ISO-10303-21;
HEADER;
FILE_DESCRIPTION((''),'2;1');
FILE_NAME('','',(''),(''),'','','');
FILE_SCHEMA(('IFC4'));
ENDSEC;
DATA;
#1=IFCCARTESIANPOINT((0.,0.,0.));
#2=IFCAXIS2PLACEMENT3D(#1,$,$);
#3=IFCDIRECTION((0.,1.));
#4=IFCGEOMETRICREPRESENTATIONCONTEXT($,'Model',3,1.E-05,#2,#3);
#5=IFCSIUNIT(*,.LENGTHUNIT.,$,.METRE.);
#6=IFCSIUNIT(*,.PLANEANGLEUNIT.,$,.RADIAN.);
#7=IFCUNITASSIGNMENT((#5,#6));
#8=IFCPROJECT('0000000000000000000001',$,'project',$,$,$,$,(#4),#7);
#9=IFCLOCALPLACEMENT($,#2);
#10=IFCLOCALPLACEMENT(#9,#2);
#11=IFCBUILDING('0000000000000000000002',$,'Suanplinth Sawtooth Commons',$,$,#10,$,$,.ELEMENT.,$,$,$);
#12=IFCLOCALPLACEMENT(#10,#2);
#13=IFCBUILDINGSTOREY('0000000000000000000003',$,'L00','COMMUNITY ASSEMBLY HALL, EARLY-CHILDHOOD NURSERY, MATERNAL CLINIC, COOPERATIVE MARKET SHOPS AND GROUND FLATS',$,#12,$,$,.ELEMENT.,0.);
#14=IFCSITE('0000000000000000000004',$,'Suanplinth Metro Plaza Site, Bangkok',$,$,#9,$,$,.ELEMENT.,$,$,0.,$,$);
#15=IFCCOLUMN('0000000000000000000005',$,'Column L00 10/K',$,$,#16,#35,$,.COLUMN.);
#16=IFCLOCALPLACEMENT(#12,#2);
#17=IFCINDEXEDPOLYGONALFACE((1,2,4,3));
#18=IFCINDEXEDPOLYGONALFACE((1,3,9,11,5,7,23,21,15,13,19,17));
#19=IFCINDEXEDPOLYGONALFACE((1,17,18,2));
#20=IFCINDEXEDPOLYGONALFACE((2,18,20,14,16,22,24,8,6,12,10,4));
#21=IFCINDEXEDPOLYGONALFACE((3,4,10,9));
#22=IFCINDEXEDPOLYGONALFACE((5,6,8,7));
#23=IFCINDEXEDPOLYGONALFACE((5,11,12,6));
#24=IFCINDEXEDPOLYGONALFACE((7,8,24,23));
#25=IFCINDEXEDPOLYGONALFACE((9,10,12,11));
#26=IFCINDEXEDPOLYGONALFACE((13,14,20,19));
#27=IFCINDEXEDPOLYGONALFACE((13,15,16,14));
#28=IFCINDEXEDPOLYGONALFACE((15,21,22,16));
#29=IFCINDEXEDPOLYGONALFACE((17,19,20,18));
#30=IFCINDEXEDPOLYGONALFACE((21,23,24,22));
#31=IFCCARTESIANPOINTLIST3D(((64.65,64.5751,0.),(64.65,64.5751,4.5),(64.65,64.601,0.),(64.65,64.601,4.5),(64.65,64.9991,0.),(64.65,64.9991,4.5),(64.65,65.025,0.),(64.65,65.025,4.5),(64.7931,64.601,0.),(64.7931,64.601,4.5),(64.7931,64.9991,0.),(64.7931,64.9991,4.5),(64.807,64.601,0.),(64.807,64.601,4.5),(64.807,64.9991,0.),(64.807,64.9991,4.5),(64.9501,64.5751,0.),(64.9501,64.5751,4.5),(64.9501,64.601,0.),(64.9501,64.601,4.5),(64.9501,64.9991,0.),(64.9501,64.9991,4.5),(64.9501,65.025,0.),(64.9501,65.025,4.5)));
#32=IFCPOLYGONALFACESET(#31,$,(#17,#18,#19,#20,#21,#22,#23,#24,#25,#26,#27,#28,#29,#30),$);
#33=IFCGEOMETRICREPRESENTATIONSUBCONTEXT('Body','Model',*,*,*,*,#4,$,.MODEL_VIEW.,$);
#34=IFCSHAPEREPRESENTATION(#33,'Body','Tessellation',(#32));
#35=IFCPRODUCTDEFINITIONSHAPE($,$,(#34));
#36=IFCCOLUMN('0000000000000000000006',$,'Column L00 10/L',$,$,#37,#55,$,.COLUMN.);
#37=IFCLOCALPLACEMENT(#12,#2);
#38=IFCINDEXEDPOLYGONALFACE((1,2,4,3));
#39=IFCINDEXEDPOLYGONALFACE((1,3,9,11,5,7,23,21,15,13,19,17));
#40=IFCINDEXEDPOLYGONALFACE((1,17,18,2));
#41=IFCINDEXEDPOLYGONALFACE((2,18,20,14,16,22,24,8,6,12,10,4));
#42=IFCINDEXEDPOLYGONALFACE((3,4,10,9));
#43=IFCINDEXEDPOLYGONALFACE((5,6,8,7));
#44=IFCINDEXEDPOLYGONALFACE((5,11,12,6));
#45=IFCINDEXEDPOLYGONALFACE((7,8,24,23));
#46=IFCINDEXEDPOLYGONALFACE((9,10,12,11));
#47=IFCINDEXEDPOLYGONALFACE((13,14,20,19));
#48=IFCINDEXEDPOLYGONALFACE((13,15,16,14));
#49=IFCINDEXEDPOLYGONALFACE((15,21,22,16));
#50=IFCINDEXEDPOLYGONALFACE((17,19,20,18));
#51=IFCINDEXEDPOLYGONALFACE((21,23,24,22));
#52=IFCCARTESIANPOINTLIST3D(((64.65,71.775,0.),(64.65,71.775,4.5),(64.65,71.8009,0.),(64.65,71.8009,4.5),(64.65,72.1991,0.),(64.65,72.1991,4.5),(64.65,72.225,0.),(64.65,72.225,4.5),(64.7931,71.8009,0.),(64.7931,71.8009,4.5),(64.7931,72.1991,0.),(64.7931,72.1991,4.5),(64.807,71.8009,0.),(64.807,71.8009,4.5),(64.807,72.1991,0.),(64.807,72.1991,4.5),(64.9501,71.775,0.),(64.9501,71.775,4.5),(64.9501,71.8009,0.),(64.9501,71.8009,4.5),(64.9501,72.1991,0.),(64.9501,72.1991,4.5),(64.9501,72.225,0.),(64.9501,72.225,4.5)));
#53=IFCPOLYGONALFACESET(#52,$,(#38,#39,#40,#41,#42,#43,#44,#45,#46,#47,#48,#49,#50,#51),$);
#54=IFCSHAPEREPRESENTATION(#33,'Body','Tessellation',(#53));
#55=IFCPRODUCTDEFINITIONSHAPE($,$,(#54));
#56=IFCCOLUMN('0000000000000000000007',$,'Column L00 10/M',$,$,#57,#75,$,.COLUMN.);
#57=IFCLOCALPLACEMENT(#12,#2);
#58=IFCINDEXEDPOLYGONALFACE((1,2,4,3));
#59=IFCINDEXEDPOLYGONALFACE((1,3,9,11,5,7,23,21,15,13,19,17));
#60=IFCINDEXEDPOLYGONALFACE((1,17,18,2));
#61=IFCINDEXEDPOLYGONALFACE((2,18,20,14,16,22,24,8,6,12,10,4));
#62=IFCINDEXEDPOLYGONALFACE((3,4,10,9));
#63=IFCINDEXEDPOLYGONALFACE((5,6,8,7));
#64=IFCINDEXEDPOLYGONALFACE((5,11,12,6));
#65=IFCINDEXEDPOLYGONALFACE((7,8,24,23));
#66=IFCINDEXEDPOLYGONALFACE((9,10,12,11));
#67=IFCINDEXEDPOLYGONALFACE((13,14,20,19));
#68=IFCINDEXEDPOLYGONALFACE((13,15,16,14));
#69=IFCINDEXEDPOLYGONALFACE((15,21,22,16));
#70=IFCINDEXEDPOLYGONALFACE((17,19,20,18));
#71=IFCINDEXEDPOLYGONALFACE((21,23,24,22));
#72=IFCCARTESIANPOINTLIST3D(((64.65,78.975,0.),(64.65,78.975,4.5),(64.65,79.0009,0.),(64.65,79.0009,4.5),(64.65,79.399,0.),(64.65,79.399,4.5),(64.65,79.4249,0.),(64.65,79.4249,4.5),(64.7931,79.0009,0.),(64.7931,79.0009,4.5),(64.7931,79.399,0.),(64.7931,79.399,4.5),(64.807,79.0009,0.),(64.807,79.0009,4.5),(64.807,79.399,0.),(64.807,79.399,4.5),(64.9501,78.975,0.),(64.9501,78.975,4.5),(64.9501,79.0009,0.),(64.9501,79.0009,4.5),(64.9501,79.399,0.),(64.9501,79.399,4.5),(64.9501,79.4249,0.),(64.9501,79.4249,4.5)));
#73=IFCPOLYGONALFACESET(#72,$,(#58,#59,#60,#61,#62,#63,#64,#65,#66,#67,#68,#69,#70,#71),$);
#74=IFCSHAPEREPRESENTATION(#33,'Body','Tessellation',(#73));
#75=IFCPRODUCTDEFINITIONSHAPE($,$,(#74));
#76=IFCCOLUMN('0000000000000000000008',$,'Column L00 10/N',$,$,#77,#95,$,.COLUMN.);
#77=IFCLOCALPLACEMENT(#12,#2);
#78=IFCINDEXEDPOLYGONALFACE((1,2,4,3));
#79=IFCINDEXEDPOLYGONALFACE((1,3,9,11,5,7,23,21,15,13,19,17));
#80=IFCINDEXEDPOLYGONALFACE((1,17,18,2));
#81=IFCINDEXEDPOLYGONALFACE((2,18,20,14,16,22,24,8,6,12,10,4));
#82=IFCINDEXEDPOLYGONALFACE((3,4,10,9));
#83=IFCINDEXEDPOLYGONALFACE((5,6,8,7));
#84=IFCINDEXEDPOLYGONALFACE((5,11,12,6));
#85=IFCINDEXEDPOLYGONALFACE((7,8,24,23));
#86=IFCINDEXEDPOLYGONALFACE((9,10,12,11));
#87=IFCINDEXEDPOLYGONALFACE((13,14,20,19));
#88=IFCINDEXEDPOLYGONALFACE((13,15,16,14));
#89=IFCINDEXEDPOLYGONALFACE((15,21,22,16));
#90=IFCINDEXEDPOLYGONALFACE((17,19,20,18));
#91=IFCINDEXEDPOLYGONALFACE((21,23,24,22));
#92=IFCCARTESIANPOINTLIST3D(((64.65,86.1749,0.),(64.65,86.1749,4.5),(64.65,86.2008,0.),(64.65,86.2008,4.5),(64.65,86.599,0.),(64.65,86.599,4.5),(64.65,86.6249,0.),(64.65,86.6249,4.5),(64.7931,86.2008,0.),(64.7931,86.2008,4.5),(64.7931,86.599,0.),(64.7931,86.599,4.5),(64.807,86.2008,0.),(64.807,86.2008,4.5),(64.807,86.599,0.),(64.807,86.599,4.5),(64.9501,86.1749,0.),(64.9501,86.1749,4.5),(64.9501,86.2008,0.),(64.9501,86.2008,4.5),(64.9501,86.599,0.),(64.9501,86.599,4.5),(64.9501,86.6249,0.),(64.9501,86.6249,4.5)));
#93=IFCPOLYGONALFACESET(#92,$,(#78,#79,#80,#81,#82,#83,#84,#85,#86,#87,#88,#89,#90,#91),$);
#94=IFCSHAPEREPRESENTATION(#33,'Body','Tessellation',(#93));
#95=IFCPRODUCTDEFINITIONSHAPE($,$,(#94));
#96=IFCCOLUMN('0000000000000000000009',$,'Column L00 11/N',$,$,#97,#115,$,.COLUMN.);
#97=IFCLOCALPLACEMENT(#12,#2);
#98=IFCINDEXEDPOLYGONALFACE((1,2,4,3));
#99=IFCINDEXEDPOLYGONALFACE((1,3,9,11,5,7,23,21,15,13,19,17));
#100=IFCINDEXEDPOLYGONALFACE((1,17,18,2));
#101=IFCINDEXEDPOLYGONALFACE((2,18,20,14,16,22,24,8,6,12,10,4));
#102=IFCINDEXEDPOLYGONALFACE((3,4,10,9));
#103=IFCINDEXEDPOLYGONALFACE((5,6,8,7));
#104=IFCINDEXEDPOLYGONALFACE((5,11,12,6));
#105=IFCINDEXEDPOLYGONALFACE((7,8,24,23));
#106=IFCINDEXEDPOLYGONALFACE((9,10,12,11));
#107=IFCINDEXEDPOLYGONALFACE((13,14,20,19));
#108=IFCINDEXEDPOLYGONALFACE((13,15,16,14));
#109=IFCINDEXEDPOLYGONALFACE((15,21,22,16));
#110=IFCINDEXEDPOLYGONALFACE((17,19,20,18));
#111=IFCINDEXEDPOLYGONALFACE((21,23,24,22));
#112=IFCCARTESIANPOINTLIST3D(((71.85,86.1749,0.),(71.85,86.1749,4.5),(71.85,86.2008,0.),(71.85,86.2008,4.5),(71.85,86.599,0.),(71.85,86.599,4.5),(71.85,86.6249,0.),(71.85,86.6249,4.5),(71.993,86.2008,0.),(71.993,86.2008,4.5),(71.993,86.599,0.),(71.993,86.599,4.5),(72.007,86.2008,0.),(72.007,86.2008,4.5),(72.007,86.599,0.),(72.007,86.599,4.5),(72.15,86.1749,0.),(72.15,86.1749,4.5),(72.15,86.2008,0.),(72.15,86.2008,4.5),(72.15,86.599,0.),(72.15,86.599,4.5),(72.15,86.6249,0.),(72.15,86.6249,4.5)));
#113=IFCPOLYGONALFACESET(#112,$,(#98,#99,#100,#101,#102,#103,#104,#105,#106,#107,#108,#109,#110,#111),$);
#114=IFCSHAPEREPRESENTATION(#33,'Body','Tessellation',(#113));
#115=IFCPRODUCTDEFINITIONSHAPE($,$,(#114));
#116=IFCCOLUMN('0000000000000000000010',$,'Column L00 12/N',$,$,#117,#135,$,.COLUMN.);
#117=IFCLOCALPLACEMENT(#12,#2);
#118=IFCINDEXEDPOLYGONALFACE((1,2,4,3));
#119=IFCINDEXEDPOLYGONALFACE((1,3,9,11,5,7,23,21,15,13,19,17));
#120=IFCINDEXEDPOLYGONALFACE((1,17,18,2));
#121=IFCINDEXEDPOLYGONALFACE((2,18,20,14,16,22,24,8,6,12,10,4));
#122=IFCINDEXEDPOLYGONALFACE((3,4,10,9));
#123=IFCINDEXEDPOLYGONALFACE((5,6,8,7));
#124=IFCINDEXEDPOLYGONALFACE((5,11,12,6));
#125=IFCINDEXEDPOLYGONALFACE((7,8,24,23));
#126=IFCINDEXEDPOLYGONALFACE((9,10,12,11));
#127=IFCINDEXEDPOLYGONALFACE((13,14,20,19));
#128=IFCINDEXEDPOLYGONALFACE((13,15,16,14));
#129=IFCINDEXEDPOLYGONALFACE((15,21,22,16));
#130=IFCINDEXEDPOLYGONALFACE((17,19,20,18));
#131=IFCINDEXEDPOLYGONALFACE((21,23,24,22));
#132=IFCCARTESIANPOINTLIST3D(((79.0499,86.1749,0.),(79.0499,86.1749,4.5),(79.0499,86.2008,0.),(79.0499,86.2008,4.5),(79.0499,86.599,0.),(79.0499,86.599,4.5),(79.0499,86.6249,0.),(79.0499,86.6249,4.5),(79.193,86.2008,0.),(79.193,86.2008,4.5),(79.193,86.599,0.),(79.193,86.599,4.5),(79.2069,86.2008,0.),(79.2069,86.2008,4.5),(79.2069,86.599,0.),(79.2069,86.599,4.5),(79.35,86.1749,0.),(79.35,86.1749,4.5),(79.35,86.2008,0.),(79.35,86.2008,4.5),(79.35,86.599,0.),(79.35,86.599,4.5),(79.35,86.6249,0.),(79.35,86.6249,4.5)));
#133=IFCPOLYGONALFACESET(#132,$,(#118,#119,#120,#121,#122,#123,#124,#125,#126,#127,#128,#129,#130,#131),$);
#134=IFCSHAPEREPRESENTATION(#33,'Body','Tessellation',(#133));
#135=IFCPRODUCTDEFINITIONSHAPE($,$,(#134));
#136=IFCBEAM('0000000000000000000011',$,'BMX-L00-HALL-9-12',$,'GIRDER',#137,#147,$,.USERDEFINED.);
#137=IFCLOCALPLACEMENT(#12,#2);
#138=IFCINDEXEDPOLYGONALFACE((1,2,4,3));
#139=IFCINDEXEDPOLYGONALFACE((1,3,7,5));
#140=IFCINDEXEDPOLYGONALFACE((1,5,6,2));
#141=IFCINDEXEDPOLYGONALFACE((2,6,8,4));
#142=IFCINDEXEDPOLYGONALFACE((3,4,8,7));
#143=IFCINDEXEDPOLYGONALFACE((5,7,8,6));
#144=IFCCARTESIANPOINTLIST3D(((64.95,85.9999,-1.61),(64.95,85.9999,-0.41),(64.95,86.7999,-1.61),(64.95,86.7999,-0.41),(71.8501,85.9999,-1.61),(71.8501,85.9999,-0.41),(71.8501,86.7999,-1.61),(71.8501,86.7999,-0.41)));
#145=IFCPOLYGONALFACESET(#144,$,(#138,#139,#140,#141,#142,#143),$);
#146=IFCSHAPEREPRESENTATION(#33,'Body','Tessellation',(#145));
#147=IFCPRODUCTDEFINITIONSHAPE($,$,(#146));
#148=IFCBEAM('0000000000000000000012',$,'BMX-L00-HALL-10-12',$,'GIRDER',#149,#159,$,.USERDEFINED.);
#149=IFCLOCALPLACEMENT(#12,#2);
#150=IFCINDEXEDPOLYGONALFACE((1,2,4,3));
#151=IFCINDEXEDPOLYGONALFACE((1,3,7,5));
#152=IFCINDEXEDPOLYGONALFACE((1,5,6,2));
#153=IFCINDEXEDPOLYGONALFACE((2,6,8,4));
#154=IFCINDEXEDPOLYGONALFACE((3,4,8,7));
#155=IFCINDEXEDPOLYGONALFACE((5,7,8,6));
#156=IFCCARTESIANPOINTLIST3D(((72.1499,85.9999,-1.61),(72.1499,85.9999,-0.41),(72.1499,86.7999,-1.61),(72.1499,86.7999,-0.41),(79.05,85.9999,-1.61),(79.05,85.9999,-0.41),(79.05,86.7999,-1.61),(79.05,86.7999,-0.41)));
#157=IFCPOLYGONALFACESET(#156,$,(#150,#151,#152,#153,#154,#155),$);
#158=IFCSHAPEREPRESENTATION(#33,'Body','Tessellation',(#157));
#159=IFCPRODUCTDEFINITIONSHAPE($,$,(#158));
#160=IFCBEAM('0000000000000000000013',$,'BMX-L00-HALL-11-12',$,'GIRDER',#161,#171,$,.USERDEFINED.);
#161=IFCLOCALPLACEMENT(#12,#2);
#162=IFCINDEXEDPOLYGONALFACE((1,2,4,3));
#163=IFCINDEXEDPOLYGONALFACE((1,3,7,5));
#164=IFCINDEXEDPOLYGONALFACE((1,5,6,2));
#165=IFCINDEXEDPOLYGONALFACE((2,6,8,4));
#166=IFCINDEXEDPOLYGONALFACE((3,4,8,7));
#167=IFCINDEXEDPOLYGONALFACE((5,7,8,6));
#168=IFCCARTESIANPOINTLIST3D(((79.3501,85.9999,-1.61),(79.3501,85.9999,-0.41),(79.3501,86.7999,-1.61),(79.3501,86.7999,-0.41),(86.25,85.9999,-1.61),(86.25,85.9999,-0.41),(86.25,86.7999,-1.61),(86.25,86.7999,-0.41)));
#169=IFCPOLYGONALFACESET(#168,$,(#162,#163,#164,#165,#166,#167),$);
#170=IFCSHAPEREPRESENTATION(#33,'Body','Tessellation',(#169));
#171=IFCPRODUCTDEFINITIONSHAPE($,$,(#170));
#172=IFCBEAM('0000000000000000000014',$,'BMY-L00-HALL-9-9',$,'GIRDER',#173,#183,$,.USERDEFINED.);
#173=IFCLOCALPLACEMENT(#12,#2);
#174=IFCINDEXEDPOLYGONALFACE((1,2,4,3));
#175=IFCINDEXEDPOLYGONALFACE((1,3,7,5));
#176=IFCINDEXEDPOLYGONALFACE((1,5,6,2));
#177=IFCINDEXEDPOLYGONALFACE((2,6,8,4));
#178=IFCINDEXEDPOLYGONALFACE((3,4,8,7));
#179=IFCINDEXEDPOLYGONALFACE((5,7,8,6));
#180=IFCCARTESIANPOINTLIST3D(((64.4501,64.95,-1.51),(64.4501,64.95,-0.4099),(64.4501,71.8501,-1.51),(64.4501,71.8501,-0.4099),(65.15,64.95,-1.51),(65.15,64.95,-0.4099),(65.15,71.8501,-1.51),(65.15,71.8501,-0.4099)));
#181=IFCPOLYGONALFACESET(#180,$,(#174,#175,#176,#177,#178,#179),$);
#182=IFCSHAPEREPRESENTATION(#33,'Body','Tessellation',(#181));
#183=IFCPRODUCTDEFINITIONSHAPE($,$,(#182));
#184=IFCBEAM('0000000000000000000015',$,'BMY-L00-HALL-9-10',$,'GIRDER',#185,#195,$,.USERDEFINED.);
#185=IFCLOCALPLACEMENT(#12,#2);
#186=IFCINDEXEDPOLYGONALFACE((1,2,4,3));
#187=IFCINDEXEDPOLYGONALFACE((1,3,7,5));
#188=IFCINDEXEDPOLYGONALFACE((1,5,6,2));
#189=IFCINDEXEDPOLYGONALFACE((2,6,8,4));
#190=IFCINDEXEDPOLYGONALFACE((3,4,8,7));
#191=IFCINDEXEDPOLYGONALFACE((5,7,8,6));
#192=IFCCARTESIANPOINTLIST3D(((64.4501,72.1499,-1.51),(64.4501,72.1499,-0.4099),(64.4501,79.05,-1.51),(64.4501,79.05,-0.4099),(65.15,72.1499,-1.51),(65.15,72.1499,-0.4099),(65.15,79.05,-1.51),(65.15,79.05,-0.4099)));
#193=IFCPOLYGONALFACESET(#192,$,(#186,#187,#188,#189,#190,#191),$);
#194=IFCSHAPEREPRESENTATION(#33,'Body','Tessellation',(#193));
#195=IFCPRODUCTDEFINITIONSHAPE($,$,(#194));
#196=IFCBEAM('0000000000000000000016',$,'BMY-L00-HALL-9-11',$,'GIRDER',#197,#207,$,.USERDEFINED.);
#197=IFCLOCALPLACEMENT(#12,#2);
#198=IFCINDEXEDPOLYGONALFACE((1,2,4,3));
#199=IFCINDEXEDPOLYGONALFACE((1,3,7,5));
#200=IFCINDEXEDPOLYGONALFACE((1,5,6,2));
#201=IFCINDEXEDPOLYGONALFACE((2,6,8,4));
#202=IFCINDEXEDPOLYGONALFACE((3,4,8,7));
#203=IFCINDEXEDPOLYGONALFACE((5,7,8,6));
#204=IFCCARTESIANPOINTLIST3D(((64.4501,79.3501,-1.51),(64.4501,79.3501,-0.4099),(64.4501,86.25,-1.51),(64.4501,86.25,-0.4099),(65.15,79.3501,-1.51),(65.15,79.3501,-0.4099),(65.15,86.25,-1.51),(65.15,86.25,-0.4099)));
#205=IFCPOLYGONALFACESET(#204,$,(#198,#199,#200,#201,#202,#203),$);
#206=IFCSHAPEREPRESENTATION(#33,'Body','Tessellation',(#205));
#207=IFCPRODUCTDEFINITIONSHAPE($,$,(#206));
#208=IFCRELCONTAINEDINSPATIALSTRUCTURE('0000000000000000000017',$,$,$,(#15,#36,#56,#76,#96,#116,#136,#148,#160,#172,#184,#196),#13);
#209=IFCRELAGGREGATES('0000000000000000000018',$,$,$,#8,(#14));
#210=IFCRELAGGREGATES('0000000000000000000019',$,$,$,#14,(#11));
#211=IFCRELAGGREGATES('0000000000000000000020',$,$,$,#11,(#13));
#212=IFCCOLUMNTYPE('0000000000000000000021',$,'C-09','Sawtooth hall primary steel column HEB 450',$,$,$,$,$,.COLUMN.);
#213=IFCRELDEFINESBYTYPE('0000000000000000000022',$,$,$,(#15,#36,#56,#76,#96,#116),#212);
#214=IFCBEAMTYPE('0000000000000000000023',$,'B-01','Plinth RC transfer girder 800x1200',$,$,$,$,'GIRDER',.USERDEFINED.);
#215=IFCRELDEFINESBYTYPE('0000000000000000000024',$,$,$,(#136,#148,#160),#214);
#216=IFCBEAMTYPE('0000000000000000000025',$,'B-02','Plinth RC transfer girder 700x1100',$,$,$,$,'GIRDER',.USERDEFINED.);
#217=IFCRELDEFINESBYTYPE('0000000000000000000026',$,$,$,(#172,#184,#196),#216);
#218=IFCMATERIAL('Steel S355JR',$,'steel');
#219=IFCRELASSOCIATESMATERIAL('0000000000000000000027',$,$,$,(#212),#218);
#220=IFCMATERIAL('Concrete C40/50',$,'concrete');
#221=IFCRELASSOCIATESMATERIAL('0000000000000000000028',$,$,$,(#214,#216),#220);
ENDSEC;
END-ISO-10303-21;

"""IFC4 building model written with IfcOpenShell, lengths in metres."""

from ifc_helpers import new_model, si_unit, direction, frame, origin, origin_2d, place, context, subcontext, project, spatial, rectangle, i_section, extrude, material, material_profile, profile_set, type_object, element, save


model = new_model("IFC4")

# Units and contexts
model_context = context("Model", 3, precision=1e-05, world=origin(), true_north=direction((0.0, 1.0)))
body_context = subcontext(model_context, "Body", "Model", "MODEL_VIEW")
ifc_project = project(units=[si_unit("LENGTHUNIT", "METRE"), si_unit("PLANEANGLEUNIT", "RADIAN")], contexts=[model_context])

# Site, building, storey
site_placement = place(None, origin())
site = spatial("IfcSite", under=ifc_project, at=site_placement, Name="Suanplinth Metro Plaza Site, Bangkok", CompositionType="ELEMENT", RefElevation=0.0)
building_placement = place(site_placement, origin())
building = spatial("IfcBuilding", under=site, at=building_placement, Name="Suanplinth Sawtooth Commons", CompositionType="ELEMENT")
storey_placement = place(building_placement, origin())
storey = spatial("IfcBuildingStorey", under=building, at=storey_placement, Name="L00", Description="COMMUNITY ASSEMBLY HALL, EARLY-CHILDHOOD NURSERY, MATERNAL CLINIC, COOPERATIVE MARKET SHOPS AND GROUND FLATS", CompositionType="ELEMENT", Elevation=0.0)

# Columns
ifc_material_1 = material(Name="Steel S355JR", Category="steel")
ifc_material_profile_1 = material_profile(ifc_material_1, i_section(OverallWidth=0.3, OverallDepth=0.45, WebThickness=0.0139, FlangeThickness=0.0259, at=origin_2d()), Name="HEB 450")
ifc_profile_set_1 = profile_set([ifc_material_profile_1], Name="Steel S355JR")
column_type = type_object("IfcColumnType", Name="C-09", Description="Sawtooth hall primary steel column HEB 450", PredefinedType="COLUMN", material=ifc_profile_set_1)
for number, where, z_axis, x_axis, name in (
    (1, (64.8, 64.8, 0.0), (0.0, 0.0, 1.0), (1.0, 0.0, 0.0), "Column L00 10/K"),
    (2, (64.8, 72.0, 0.0), (0.0, 0.0, 1.0), (1.0, 0.0, 0.0), "Column L00 10/L"),
    (3, (64.8, 79.2, 0.0), (0.0, 0.0, 1.0), (1.0, 0.0, 0.0), "Column L00 10/M"),
    (4, (64.8, 86.3999, 0.0), (0.0, 0.0, 1.0), (1.0, 0.0, 0.0), "Column L00 10/N"),
    (5, (72.0, 86.3999, 0.0), (0.0, 0.0, 1.0), (1.0, 0.0, 0.0), "Column L00 11/N"),
    (6, (79.2, 86.3999, 0.0), (0.0, 0.0, 1.0), (1.0, 0.0, 0.0), "Column L00 12/N"),
):
    element("IfcColumn", number, at=place(storey_placement, frame(where, z_axis=z_axis, x_axis=x_axis)), inside=storey, type_object=column_type, Name=name, PredefinedType="COLUMN", context=body_context, shape_type="SweptSolid", body=[
        extrude(i_section(OverallWidth=0.3, OverallDepth=0.45, WebThickness=0.0139, FlangeThickness=0.0259, at=origin_2d()), origin(), (0.0, 0.0, 1.0), 4.5),
    ])

# Beams
ifc_material_2 = material(Name="Concrete C40/50", Category="concrete")
ifc_material_profile_2 = material_profile(ifc_material_2, rectangle(XDim=0.8, YDim=1.2, at=origin_2d()), Name="RC-TG 800x1200")
ifc_profile_set_2 = profile_set([ifc_material_profile_2], Name="Concrete C40/50")
beam_type_1 = type_object("IfcBeamType", Name="B-01", Description="Plinth RC transfer girder 800x1200", ElementType="GIRDER", PredefinedType="USERDEFINED", material=ifc_profile_set_2)
for number, where, z_axis, x_axis, name in (
    (7, (64.95, 86.3999, -1.01), (1.0, 0.0, 0.0), (0.0, 1.0, 0.0), "BMX-L00-HALL-9-12"),
    (8, (72.1499, 86.3999, -1.01), (1.0, 0.0, 0.0), (0.0, 1.0, 0.0), "BMX-L00-HALL-10-12"),
):
    element("IfcBeam", number, at=place(storey_placement, frame(where, z_axis=z_axis, x_axis=x_axis)), inside=storey, type_object=beam_type_1, Name=name, ObjectType="GIRDER", PredefinedType="USERDEFINED", context=body_context, shape_type="SweptSolid", body=[
        extrude(rectangle(XDim=0.8, YDim=1.2, at=origin_2d()), origin(), (0.0, 0.0, 1.0), 6.9001),
    ])
beam_1_placement = place(storey_placement, frame((79.3501, 86.3999, -1.01), z_axis=(1.0, 0.0, 0.0), x_axis=(0.0, 1.0, 0.0)))
element("IfcBeam", 9, at=beam_1_placement, inside=storey, type_object=beam_type_1, Name="BMX-L00-HALL-11-12", ObjectType="GIRDER", PredefinedType="USERDEFINED", context=body_context, shape_type="SweptSolid", body=[
    extrude(rectangle(XDim=0.8, YDim=1.2, at=origin_2d()), origin(), (0.0, 0.0, 1.0), 6.8999),
])
ifc_material_profile_3 = material_profile(ifc_material_2, rectangle(XDim=0.7, YDim=1.1001, at=origin_2d()), Name="RC-TG 700x1100")
ifc_profile_set_3 = profile_set([ifc_material_profile_3], Name="Concrete C40/50")
beam_type_2 = type_object("IfcBeamType", Name="B-02", Description="Plinth RC transfer girder 700x1100", ElementType="GIRDER", PredefinedType="USERDEFINED", material=ifc_profile_set_3)
for number, where, z_axis, x_axis, name in (
    (10, (64.8, 64.95, -0.96), (0.0, 1.0, 0.0), (-1.0, 0.0, 0.0), "BMY-L00-HALL-9-9"),
    (11, (64.8, 72.1499, -0.96), (0.0, 1.0, 0.0), (-1.0, 0.0, 0.0), "BMY-L00-HALL-9-10"),
):
    element("IfcBeam", number, at=place(storey_placement, frame(where, z_axis=z_axis, x_axis=x_axis)), inside=storey, type_object=beam_type_2, Name=name, ObjectType="GIRDER", PredefinedType="USERDEFINED", context=body_context, shape_type="SweptSolid", body=[
        extrude(rectangle(XDim=0.7, YDim=1.1001, at=origin_2d()), origin(), (0.0, 0.0, 1.0), 6.9001),
    ])
beam_2_placement = place(storey_placement, frame((64.8, 79.3501, -0.96), z_axis=(0.0, 1.0, 0.0), x_axis=(-1.0, 0.0, 0.0)))
element("IfcBeam", 12, at=beam_2_placement, inside=storey, type_object=beam_type_2, Name="BMY-L00-HALL-9-11", ObjectType="GIRDER", PredefinedType="USERDEFINED", context=body_context, shape_type="SweptSolid", body=[
    extrude(rectangle(XDim=0.7, YDim=1.1001, at=origin_2d()), origin(), (0.0, 0.0, 1.0), 6.8999),
])

save(model, "model.ifc")
